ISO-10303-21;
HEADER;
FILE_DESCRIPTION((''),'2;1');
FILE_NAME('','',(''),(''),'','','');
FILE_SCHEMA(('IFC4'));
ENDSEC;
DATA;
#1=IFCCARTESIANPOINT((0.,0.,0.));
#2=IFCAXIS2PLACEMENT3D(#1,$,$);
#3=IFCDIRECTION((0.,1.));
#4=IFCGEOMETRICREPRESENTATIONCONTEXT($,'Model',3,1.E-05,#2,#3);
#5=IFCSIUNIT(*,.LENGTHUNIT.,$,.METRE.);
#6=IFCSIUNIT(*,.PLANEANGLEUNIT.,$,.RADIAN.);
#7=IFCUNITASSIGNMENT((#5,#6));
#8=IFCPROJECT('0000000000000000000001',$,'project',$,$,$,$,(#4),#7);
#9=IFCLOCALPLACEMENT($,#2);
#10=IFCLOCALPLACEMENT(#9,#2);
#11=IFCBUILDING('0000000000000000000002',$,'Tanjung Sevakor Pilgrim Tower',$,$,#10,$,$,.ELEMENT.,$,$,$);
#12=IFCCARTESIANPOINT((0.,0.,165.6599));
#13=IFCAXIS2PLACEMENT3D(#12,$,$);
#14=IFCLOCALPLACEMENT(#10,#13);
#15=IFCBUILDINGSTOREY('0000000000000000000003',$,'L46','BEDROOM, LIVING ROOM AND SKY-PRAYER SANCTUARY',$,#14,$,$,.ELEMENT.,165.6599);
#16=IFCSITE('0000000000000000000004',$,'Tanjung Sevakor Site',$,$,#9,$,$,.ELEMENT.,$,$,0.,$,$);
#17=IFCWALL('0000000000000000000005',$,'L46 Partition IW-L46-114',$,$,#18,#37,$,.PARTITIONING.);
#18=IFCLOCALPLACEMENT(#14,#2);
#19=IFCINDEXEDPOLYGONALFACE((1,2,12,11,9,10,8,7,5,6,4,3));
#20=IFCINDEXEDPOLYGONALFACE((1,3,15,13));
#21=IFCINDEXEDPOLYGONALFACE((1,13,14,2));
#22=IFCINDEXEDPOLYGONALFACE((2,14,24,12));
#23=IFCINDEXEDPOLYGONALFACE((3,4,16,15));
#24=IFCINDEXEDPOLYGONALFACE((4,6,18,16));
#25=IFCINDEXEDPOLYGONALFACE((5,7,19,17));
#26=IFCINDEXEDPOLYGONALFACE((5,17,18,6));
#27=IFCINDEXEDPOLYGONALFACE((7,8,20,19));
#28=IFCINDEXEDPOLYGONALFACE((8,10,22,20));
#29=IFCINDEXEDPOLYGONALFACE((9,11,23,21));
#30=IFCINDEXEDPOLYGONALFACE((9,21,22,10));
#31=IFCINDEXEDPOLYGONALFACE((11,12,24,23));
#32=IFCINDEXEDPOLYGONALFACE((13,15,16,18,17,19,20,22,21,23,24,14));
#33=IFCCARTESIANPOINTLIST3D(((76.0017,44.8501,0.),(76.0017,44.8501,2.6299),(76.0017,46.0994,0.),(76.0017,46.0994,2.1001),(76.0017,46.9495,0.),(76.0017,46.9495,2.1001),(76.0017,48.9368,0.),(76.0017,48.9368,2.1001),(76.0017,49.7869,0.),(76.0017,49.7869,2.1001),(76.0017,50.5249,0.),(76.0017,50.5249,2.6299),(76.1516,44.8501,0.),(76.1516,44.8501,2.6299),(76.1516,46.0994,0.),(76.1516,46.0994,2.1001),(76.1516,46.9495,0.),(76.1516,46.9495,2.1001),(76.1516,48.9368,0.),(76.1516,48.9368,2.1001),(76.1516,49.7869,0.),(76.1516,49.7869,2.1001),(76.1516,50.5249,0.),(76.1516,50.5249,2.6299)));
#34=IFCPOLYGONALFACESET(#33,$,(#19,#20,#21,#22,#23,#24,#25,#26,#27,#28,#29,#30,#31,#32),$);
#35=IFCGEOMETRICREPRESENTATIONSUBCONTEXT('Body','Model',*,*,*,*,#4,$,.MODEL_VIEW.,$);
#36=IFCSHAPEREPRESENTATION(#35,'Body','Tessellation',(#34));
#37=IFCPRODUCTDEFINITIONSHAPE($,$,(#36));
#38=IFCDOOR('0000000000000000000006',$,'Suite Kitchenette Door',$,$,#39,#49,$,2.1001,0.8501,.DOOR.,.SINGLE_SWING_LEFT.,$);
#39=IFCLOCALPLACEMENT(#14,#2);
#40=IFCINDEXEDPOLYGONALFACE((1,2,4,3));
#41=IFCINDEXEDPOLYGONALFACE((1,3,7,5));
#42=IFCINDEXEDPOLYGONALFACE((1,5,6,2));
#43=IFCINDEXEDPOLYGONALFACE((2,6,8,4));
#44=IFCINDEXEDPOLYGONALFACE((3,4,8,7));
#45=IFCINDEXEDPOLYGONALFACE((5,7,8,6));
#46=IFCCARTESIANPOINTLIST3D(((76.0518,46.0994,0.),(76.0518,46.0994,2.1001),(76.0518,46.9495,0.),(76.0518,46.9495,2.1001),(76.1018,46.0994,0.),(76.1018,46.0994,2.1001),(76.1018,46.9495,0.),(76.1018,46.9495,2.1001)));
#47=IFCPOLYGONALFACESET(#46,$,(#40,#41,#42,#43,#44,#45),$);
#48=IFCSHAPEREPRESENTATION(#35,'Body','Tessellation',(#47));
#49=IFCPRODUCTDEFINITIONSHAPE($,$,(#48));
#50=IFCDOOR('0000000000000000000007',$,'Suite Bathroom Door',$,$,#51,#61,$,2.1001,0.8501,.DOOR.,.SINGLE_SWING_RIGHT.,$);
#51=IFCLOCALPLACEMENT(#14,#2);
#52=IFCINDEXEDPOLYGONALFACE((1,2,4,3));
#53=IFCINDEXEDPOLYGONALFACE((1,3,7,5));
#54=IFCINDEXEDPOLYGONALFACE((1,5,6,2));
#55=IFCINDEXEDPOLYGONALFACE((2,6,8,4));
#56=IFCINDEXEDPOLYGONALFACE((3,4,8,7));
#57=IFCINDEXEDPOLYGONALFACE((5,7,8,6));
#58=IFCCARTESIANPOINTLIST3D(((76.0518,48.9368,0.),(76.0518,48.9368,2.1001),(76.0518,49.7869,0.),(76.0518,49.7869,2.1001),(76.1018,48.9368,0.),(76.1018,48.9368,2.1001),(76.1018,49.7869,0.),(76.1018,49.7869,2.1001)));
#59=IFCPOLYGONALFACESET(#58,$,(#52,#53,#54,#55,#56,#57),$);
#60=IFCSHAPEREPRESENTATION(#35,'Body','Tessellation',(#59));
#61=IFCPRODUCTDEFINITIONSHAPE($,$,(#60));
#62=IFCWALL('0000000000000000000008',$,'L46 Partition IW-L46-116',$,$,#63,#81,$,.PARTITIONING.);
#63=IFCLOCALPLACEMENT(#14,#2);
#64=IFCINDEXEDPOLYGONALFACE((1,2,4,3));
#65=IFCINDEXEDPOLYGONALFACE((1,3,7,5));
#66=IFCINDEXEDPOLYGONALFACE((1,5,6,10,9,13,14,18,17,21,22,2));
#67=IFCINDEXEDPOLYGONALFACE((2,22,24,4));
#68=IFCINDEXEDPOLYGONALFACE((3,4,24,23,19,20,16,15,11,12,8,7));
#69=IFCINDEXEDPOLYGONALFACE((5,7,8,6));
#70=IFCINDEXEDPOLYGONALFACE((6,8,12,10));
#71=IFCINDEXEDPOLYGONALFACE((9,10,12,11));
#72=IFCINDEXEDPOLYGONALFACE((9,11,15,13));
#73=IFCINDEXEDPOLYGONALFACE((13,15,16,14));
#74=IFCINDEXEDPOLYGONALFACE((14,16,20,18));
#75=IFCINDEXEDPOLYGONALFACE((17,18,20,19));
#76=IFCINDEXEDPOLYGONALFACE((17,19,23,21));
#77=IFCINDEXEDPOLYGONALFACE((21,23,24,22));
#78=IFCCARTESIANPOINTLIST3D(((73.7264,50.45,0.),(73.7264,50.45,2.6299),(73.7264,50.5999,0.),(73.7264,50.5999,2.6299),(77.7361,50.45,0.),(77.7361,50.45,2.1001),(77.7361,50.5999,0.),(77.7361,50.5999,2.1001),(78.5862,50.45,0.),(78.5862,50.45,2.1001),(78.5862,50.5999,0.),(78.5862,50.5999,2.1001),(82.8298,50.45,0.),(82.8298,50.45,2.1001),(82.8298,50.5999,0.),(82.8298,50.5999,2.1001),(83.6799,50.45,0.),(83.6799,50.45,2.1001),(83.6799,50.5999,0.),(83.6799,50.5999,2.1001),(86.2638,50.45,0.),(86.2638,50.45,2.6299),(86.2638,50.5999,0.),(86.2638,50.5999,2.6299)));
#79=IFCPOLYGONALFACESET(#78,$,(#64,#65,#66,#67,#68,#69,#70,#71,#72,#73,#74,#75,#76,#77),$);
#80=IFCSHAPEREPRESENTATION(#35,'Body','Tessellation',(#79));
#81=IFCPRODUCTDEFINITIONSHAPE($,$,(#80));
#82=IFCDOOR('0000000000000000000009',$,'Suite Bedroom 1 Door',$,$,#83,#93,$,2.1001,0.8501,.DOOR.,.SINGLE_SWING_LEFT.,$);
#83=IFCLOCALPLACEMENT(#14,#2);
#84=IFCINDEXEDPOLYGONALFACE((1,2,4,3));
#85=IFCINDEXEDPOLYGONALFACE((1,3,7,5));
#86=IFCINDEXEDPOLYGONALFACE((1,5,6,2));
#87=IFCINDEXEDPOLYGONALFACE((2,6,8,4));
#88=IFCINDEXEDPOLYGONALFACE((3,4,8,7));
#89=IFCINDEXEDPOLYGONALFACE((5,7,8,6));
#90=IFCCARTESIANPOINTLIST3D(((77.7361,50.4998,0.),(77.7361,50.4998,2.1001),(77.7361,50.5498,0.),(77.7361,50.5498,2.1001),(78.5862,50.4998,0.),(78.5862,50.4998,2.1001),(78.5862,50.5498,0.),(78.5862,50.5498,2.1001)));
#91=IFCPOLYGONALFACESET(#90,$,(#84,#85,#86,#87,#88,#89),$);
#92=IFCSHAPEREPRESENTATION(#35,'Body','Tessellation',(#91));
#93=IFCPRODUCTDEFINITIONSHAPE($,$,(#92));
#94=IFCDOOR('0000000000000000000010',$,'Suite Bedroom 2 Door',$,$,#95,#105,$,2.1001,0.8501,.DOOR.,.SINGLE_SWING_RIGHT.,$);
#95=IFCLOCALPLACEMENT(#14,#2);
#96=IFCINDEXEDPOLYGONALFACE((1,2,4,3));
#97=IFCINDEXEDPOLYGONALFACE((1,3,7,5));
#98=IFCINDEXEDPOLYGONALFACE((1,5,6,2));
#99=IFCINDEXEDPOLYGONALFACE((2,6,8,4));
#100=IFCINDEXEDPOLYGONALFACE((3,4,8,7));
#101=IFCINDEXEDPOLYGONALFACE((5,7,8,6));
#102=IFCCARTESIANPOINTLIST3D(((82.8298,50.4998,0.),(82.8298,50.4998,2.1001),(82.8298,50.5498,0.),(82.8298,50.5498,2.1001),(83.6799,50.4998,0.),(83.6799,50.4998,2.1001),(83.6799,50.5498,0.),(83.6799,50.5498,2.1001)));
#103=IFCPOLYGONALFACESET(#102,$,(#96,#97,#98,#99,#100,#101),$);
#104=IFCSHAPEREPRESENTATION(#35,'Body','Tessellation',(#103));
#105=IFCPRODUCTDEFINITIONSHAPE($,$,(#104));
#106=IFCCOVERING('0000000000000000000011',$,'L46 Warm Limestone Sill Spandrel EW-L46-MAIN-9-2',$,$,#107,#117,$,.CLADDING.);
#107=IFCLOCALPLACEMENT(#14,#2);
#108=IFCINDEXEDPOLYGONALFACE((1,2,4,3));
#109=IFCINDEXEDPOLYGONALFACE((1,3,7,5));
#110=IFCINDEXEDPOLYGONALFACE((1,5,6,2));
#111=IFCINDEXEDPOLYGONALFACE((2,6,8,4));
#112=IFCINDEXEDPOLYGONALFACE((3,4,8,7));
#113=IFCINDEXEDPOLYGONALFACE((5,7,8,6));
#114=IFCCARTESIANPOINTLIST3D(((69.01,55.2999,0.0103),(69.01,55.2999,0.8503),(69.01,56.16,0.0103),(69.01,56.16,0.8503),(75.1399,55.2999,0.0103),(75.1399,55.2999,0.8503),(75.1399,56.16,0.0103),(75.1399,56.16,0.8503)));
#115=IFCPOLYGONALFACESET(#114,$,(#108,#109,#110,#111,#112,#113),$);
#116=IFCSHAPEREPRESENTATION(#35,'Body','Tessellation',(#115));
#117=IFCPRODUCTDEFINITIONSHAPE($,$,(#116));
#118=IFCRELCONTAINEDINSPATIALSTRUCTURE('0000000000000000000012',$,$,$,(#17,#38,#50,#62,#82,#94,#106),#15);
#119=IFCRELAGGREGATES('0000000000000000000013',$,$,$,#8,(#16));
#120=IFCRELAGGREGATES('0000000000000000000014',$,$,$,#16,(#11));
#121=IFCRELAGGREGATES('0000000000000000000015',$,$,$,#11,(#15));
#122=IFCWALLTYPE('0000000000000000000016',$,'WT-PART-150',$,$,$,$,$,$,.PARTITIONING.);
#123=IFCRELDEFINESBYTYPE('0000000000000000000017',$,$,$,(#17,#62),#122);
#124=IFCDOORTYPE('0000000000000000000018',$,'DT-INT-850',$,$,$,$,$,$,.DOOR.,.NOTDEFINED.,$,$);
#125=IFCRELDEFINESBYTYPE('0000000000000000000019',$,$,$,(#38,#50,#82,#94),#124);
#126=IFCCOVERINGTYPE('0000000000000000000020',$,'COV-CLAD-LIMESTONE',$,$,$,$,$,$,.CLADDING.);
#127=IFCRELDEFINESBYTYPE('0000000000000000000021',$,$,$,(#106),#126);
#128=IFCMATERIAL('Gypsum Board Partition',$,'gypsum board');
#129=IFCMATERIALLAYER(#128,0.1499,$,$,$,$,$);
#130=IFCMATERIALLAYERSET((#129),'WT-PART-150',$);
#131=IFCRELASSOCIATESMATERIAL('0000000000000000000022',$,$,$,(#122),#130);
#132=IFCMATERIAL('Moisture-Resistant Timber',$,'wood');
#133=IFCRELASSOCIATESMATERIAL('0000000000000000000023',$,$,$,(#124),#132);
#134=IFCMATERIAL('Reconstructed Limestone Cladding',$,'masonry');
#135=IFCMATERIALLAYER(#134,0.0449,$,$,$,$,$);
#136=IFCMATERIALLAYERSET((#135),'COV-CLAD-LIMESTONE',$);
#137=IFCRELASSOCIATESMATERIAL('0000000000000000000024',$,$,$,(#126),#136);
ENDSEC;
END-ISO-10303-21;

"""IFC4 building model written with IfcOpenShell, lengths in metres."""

from ifc_helpers import new_model, si_unit, direction, frame, frame_2d, origin, origin_2d, place, context, subcontext, project, spatial, rectangle, extrude, material, layer, layer_set, type_object, element, fill, save


model = new_model("IFC4")

# Units and contexts
model_context = context("Model", 3, precision=1e-05, world=origin(), true_north=direction((0.0, 1.0)))
body_context = subcontext(model_context, "Body", "Model", "MODEL_VIEW")
ifc_project = project(units=[si_unit("LENGTHUNIT", "METRE"), si_unit("PLANEANGLEUNIT", "RADIAN")], contexts=[model_context])

# Site, building, storey
site_placement = place(None, origin())
site = spatial("IfcSite", under=ifc_project, at=site_placement, Name="Tanjung Sevakor Site", CompositionType="ELEMENT", RefElevation=0.0)
building_placement = place(site_placement, origin())
building = spatial("IfcBuilding", under=site, at=building_placement, Name="Tanjung Sevakor Pilgrim Tower", CompositionType="ELEMENT")
storey_placement = place(building_placement, frame((0.0, 0.0, 165.6599)))
storey = spatial("IfcBuildingStorey", under=building, at=storey_placement, Name="L46", Description="BEDROOM, LIVING ROOM AND SKY-PRAYER SANCTUARY", CompositionType="ELEMENT", Elevation=165.6599)

# Shared definitions
ifc_material_1 = material(Name="Gypsum Board Partition", Category="gypsum board")
ifc_layer_1 = layer(ifc_material_1, 0.1499)
ifc_layer_set_1 = layer_set([ifc_layer_1], Name="WT-PART-150")
wall_type_1 = type_object("IfcWallType", Name="WT-PART-150", PredefinedType="PARTITIONING", material=ifc_layer_set_1)

# Walls, openings, doors
wall_1_placement = place(storey_placement, frame((76.0767, 44.8501, 0.0), z_axis=(0.0, 0.0, 1.0), x_axis=(0.0, 1.0, 0.0)))
wall_1 = element("IfcWall", 1, at=wall_1_placement, inside=storey, type_object=wall_type_1, Name="L46 Partition IW-L46-114", PredefinedType="PARTITIONING", context=body_context, shape_type="SweptSolid", body=[
    extrude(rectangle(XDim=5.6748, YDim=0.1499, at=frame_2d((2.8374, 0.0))), origin(), (0.0, 0.0, 1.0), 2.6299),
])
opening_1_placement = place(wall_1_placement, frame((1.2493, 0.0, 0.0)))
opening_1 = element("IfcOpeningElement", 2, at=opening_1_placement, cuts=wall_1, PredefinedType="OPENING", context=body_context, shape_type="SweptSolid", body=[
    extrude(rectangle(XDim=0.8501, YDim=2.1001, at=frame_2d((0.425, 1.05))), frame((0.0, 0.085, 0.0), z_axis=(0.0, -1.0, 0.0), x_axis=(1.0, 0.0, 0.0)), (0.0, 0.0, 1.0), 0.1699),
])
opening_2_placement = place(wall_1_placement, frame((4.0867, 0.0, 0.0)))
opening_2 = element("IfcOpeningElement", 3, at=opening_2_placement, cuts=wall_1, PredefinedType="OPENING", context=body_context, shape_type="SweptSolid", body=[
    extrude(rectangle(XDim=0.8501, YDim=2.1001, at=frame_2d((0.425, 1.05))), frame((0.0, 0.085, 0.0), z_axis=(0.0, -1.0, 0.0), x_axis=(1.0, 0.0, 0.0)), (0.0, 0.0, 1.0), 0.1699),
])
ifc_material_2 = material(Name="Moisture-Resistant Timber", Category="wood")
door_type_1 = type_object("IfcDoorType", Name="DT-INT-850", OperationType="NOTDEFINED", PredefinedType="DOOR", material=ifc_material_2)
door_1_placement = place(opening_1_placement, origin())
door_1 = element("IfcDoor", 4, at=door_1_placement, inside=storey, type_object=door_type_1, Name="Suite Kitchenette Door", OperationType="SINGLE_SWING_LEFT", OverallHeight=2.1001, OverallWidth=0.8501, PredefinedType="DOOR", context=body_context, shape_type="SweptSolid", body=[
    extrude(rectangle(XDim=0.8501, YDim=2.1001, at=frame_2d((0.425, 1.05))), frame((0.0, 0.0249, 0.0), z_axis=(0.0, -1.0, 0.0), x_axis=(1.0, 0.0, 0.0)), (0.0, 0.0, 1.0), 0.05),
])
fill(opening_1, door_1)
door_2_placement = place(opening_2_placement, origin())
door_2 = element("IfcDoor", 5, at=door_2_placement, inside=storey, type_object=door_type_1, Name="Suite Bathroom Door", OperationType="SINGLE_SWING_RIGHT", OverallHeight=2.1001, OverallWidth=0.8501, PredefinedType="DOOR", context=body_context, shape_type="SweptSolid", body=[
    extrude(rectangle(XDim=0.8501, YDim=2.1001, at=frame_2d((0.425, 1.05))), frame((0.0, 0.0249, 0.0), z_axis=(0.0, -1.0, 0.0), x_axis=(1.0, 0.0, 0.0)), (0.0, 0.0, 1.0), 0.05),
])
fill(opening_2, door_2)
wall_2_placement = place(storey_placement, frame((73.7266, 50.5249, 0.0), z_axis=(0.0, 0.0, 1.0), x_axis=(1.0, 0.0, 0.0)))
wall_2 = element("IfcWall", 6, at=wall_2_placement, inside=storey, type_object=wall_type_1, Name="L46 Partition IW-L46-116", PredefinedType="PARTITIONING", context=body_context, shape_type="SweptSolid", body=[
    extrude(rectangle(XDim=12.5374, YDim=0.1499, at=frame_2d((6.2686, 0.0))), origin(), (0.0, 0.0, 1.0), 2.6299),
])
opening_3_placement = place(wall_2_placement, frame((4.0095, 0.0, 0.0)))
opening_3 = element("IfcOpeningElement", 7, at=opening_3_placement, cuts=wall_2, PredefinedType="OPENING", context=body_context, shape_type="SweptSolid", body=[
    extrude(rectangle(XDim=0.8501, YDim=2.1001, at=frame_2d((0.425, 1.05))), frame((0.0, 0.085, 0.0), z_axis=(0.0, -1.0, 0.0), x_axis=(1.0, 0.0, 0.0)), (0.0, 0.0, 1.0), 0.1699),
])
opening_4_placement = place(wall_2_placement, frame((9.1033, 0.0, 0.0)))
opening_4 = element("IfcOpeningElement", 8, at=opening_4_placement, cuts=wall_2, PredefinedType="OPENING", context=body_context, shape_type="SweptSolid", body=[
    extrude(rectangle(XDim=0.8501, YDim=2.1001, at=frame_2d((0.425, 1.05))), frame((0.0, 0.085, 0.0), z_axis=(0.0, -1.0, 0.0), x_axis=(1.0, 0.0, 0.0)), (0.0, 0.0, 1.0), 0.1699),
])
door_3_placement = place(opening_3_placement, origin())
door_3 = element("IfcDoor", 9, at=door_3_placement, inside=storey, type_object=door_type_1, Name="Suite Bedroom 1 Door", OperationType="SINGLE_SWING_LEFT", OverallHeight=2.1001, OverallWidth=0.8501, PredefinedType="DOOR", context=body_context, shape_type="SweptSolid", body=[
    extrude(rectangle(XDim=0.8501, YDim=2.1001, at=frame_2d((0.425, 1.05))), frame((0.0, 0.0249, 0.0), z_axis=(0.0, -1.0, 0.0), x_axis=(1.0, 0.0, 0.0)), (0.0, 0.0, 1.0), 0.05),
])
fill(opening_3, door_3)
door_4_placement = place(opening_4_placement, origin())
door_4 = element("IfcDoor", 10, at=door_4_placement, inside=storey, type_object=door_type_1, Name="Suite Bedroom 2 Door", OperationType="SINGLE_SWING_RIGHT", OverallHeight=2.1001, OverallWidth=0.8501, PredefinedType="DOOR", context=body_context, shape_type="SweptSolid", body=[
    extrude(rectangle(XDim=0.8501, YDim=2.1001, at=frame_2d((0.425, 1.05))), frame((0.0, 0.0249, 0.0), z_axis=(0.0, -1.0, 0.0), x_axis=(1.0, 0.0, 0.0)), (0.0, 0.0, 1.0), 0.05),
])
fill(opening_4, door_4)

# Covering
ifc_material_3 = material(Name="Reconstructed Limestone Cladding", Category="masonry")
ifc_layer_2 = layer(ifc_material_3, 0.0449)
ifc_layer_set_2 = layer_set([ifc_layer_2], Name="COV-CLAD-LIMESTONE")
covering_type = type_object("IfcCoveringType", Name="COV-CLAD-LIMESTONE", PredefinedType="CLADDING", material=ifc_layer_set_2)
covering_placement = place(storey_placement, frame((72.075, 55.73, 0.0103), z_axis=(0.0, 0.0, 1.0), x_axis=(-1.0, 0.0, 0.0)))
element("IfcCovering", 11, at=covering_placement, inside=storey, type_object=covering_type, Name="L46 Warm Limestone Sill Spandrel EW-L46-MAIN-9-2", PredefinedType="CLADDING", context=body_context, shape_type="SweptSolid", body=[
    extrude(rectangle(XDim=6.1299, YDim=0.8601, at=origin_2d()), origin(), (0.0, 0.0, 1.0), 0.8401),
])

save(model, "model.ifc")
